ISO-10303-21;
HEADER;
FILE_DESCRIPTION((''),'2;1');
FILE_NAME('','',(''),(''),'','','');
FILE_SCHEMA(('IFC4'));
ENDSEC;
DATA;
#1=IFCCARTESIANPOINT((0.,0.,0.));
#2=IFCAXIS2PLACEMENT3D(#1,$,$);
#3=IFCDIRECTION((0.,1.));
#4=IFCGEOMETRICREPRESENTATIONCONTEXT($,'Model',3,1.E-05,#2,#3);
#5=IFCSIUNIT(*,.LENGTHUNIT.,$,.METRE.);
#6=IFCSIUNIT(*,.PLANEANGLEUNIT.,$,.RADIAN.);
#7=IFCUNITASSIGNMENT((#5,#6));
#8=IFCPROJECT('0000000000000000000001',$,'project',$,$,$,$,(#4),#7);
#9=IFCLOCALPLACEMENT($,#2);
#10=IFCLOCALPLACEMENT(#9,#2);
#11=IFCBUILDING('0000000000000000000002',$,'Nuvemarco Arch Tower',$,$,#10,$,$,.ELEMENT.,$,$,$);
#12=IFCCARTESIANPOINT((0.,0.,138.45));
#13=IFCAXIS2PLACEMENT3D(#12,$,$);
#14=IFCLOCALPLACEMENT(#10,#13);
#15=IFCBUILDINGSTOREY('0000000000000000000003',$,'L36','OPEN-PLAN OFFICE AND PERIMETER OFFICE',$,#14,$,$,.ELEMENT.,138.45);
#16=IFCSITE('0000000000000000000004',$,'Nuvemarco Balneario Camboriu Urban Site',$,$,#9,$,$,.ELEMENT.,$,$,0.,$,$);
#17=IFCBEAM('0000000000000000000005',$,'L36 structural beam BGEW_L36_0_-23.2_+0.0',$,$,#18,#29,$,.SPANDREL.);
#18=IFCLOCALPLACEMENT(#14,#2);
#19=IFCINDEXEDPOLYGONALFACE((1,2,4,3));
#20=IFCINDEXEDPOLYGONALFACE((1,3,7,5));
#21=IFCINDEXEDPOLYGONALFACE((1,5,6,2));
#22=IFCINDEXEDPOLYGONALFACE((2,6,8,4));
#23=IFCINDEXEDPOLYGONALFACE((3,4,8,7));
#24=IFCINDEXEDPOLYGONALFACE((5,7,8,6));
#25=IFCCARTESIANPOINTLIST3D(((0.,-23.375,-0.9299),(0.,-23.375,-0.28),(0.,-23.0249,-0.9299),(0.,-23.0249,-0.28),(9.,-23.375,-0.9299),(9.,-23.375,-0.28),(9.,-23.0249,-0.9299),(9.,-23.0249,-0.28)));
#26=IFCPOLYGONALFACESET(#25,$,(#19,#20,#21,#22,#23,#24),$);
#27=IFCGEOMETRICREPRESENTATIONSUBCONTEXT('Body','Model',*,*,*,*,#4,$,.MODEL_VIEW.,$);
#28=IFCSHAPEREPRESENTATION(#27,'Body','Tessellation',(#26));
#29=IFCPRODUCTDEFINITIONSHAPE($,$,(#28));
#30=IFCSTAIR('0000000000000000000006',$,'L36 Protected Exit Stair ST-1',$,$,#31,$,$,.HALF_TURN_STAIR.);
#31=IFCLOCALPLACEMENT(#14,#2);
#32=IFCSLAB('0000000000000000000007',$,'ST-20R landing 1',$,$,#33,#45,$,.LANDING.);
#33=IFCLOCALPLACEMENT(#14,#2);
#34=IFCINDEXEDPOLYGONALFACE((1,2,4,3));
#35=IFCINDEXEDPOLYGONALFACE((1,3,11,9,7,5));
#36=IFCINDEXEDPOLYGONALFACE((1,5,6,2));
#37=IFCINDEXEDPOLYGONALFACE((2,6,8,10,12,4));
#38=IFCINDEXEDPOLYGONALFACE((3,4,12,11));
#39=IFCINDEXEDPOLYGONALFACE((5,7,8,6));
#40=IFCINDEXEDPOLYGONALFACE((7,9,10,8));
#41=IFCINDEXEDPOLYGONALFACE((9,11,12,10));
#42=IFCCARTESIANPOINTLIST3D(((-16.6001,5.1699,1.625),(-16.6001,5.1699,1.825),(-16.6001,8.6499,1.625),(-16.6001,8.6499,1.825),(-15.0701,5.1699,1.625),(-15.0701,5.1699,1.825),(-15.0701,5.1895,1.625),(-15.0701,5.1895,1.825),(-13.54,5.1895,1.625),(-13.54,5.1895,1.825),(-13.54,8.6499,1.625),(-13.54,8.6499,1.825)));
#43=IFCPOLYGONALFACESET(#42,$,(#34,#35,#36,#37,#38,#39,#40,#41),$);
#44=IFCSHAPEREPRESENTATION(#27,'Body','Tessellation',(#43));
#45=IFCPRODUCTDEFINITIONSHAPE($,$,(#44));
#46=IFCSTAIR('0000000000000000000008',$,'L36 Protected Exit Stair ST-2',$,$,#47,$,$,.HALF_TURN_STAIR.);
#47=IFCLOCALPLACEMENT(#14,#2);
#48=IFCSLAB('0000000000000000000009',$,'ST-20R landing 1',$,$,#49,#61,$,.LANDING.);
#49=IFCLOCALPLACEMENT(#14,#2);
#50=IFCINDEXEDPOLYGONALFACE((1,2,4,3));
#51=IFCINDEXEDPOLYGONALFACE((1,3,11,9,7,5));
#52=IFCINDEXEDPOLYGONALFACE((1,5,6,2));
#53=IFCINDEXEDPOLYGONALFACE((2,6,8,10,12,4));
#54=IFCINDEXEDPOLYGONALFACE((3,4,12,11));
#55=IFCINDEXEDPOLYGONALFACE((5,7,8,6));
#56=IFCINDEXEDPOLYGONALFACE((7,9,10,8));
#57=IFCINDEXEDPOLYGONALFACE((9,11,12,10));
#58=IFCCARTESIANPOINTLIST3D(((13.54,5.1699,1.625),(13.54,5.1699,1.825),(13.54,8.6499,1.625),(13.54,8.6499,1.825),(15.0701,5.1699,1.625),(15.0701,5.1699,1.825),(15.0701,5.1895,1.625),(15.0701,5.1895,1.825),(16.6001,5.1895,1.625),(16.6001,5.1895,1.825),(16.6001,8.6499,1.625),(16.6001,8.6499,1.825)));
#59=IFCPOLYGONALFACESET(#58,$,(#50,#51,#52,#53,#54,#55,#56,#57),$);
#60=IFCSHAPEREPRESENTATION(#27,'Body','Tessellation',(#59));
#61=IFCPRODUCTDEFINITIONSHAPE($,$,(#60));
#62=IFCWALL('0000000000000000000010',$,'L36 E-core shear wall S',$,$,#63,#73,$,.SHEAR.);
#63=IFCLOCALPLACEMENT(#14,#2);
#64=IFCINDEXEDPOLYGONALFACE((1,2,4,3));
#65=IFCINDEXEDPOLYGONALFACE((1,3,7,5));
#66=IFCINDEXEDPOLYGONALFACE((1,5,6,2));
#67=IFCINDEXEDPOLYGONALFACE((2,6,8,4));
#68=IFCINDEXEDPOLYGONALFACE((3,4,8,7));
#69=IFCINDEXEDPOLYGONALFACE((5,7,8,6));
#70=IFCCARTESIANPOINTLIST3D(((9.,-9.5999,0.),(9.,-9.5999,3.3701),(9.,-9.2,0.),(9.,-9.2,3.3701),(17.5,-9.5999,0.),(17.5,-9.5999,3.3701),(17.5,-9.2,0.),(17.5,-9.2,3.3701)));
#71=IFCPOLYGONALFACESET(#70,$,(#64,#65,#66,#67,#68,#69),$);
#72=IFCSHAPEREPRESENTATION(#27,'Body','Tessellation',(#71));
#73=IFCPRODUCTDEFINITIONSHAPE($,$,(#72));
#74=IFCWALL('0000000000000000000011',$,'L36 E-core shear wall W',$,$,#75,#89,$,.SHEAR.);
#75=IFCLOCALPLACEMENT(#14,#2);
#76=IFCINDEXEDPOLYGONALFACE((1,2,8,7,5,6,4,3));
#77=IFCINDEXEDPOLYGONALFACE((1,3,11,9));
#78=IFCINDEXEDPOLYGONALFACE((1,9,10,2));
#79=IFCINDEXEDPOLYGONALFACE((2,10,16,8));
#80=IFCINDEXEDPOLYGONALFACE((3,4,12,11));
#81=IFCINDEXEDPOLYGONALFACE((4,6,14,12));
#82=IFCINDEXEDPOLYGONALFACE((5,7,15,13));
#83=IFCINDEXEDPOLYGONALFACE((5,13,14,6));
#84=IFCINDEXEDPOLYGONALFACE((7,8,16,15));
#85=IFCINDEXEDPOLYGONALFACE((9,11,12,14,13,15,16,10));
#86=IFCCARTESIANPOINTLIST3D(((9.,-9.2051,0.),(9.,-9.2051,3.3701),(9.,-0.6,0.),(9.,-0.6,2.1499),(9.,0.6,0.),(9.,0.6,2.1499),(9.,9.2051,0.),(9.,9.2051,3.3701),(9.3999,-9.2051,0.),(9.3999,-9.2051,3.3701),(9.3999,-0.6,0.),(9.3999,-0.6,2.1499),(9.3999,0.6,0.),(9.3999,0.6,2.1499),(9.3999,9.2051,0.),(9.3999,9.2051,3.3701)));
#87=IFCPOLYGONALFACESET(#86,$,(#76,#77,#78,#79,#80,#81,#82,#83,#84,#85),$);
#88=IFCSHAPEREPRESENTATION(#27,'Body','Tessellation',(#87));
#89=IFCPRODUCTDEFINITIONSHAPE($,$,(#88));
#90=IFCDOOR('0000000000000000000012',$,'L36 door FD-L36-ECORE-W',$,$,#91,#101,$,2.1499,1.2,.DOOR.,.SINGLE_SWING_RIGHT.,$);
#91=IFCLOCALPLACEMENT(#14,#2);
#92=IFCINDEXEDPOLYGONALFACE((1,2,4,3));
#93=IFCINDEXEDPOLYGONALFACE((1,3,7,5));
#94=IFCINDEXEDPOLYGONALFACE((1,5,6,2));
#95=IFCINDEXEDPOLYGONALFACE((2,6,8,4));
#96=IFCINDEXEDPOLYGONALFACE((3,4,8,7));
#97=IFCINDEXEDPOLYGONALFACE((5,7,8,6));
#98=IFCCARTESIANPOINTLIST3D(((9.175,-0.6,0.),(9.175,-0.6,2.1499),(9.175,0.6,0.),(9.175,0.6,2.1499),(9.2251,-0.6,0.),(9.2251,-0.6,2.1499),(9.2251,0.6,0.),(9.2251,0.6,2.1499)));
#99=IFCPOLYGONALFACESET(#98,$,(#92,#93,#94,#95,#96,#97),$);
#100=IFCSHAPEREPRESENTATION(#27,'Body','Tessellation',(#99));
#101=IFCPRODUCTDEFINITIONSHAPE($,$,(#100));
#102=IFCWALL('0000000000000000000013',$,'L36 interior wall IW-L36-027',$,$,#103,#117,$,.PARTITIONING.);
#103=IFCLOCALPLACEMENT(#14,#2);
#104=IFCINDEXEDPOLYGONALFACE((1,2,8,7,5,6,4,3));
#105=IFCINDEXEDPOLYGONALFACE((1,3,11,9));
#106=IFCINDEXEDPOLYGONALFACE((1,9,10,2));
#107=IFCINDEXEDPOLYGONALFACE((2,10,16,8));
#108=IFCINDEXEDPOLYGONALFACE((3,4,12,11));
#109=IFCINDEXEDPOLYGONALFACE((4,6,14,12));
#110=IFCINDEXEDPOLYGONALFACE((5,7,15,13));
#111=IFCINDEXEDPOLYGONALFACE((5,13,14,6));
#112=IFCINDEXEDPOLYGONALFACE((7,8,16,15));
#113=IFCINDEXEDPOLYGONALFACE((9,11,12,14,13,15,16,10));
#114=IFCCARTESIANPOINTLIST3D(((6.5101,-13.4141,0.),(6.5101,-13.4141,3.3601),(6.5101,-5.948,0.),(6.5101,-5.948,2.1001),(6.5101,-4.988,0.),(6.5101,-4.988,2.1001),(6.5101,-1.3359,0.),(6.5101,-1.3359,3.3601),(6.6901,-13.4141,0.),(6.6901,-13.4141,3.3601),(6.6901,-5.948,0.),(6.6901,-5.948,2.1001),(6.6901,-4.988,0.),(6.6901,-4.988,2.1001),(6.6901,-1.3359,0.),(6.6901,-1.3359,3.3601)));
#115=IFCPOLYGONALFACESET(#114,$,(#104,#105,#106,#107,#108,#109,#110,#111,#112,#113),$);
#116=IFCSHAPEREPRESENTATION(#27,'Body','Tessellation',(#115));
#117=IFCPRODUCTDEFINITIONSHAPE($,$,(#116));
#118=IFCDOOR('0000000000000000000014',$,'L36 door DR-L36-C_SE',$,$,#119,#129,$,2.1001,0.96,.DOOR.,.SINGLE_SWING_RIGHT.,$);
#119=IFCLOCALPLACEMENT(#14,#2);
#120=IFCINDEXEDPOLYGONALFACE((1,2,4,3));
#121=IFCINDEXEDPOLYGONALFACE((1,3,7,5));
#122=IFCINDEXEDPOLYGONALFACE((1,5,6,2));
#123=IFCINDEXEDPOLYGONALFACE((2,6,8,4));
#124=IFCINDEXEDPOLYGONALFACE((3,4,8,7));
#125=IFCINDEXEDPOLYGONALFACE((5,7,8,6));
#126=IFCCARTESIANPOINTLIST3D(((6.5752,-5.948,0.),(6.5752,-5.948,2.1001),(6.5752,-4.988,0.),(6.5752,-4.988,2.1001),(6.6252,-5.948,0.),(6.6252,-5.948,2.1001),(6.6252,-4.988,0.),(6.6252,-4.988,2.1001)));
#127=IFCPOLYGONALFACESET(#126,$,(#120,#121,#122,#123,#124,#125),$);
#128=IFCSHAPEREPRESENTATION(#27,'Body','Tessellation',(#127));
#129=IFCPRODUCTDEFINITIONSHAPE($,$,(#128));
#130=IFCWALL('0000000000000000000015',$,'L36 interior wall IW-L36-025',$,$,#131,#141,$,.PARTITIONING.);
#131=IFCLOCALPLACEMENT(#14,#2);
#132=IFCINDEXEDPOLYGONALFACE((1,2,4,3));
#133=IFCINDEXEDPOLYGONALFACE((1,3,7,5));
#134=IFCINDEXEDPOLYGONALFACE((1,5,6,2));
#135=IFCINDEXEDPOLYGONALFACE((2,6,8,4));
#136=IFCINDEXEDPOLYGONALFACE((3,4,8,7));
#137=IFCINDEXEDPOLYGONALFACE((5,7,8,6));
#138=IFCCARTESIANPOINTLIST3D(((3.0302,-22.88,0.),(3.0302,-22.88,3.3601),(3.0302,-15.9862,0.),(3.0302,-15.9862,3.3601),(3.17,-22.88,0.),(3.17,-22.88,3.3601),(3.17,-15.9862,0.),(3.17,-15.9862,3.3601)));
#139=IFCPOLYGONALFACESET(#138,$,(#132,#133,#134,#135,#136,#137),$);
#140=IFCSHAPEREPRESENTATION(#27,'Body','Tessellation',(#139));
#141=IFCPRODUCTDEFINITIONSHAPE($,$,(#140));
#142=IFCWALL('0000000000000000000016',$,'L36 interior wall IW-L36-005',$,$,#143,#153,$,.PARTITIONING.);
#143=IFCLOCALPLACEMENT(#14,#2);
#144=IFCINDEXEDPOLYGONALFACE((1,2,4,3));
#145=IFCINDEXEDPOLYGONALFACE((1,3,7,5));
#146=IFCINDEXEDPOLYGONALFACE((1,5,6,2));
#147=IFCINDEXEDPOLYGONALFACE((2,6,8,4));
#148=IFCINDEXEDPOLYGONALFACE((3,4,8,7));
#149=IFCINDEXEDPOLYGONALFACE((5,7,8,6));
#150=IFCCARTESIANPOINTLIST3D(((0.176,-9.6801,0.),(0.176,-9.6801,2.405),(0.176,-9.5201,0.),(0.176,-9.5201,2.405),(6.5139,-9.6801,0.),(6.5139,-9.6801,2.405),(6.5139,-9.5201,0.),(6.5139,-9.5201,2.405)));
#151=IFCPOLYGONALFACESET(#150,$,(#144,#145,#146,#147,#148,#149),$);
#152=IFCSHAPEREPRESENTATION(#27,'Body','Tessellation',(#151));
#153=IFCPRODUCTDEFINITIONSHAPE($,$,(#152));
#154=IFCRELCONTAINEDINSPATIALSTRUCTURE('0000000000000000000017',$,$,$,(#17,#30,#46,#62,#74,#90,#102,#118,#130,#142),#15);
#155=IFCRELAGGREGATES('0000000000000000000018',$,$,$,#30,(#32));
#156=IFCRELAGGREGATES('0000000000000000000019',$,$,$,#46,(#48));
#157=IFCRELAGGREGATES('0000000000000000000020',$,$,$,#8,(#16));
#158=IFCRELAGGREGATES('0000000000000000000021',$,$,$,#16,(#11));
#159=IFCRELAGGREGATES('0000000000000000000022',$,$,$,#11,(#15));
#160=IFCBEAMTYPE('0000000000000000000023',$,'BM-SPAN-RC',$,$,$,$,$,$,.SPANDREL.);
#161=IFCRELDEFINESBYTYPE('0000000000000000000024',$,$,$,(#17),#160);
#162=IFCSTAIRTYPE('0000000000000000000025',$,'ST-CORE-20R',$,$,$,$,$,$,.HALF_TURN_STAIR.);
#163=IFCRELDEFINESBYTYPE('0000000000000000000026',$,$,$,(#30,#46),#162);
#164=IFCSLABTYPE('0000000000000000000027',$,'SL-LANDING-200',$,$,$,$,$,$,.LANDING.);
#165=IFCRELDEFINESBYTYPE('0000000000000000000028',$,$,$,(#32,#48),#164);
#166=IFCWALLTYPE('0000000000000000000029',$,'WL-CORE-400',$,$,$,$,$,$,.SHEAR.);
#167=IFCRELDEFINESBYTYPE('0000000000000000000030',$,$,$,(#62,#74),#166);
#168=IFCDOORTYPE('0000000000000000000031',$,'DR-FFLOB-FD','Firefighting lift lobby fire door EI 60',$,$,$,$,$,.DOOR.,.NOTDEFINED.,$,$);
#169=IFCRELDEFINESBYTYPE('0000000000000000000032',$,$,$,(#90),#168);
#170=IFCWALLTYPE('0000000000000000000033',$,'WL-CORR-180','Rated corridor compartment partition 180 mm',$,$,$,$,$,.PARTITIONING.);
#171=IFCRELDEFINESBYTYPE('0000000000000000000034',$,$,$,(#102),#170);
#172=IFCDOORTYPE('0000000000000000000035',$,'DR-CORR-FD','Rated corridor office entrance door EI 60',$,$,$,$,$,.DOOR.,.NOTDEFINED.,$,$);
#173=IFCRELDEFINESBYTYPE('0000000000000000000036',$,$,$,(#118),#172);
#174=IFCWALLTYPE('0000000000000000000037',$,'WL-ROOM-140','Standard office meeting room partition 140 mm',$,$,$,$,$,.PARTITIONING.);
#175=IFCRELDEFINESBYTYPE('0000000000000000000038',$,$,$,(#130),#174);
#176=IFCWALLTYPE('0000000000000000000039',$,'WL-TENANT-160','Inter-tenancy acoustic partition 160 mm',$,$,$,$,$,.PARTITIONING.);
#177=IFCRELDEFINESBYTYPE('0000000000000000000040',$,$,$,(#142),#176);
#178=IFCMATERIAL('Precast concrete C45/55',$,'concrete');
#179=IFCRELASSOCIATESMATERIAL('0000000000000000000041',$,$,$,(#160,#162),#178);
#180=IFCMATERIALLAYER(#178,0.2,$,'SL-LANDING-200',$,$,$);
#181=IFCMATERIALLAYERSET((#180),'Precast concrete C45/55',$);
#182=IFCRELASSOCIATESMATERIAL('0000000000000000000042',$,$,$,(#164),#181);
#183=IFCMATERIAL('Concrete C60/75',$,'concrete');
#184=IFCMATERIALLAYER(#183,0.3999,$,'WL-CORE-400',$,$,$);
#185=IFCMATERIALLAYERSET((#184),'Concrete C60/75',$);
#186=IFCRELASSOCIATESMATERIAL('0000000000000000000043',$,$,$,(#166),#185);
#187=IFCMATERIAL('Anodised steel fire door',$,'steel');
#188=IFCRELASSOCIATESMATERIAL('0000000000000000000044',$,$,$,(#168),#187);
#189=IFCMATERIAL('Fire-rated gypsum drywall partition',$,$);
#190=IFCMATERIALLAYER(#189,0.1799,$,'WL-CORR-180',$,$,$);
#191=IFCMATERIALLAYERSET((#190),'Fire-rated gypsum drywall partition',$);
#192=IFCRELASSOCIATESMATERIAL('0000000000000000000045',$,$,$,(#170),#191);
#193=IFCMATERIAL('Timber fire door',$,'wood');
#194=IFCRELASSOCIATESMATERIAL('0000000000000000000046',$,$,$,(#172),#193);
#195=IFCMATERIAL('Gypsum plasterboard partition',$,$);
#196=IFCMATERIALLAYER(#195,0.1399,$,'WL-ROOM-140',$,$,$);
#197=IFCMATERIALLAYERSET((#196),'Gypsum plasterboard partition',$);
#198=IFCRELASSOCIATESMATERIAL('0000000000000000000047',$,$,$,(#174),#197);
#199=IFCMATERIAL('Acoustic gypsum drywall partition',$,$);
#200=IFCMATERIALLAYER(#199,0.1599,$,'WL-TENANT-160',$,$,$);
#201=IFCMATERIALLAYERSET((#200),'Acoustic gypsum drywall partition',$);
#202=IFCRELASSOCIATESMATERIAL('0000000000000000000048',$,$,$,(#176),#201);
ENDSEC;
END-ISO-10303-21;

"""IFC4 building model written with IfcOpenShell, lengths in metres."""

from ifc_helpers import new_model, si_unit, direction, frame, frame_2d, origin, origin_2d, place, context, subcontext, project, spatial, polyline, rectangle, outline, extrude, source, transform, mapped, material, layer, layer_set, material_profile, profile_set, type_object, type_shapes, element, fill, aggregate, save


model = new_model("IFC4")

# Units and contexts
model_context = context("Model", 3, precision=1e-05, world=origin(), true_north=direction((0.0, 1.0)))
body_context = subcontext(model_context, "Body", "Model", "MODEL_VIEW")
ifc_project = project(units=[si_unit("LENGTHUNIT", "METRE"), si_unit("PLANEANGLEUNIT", "RADIAN")], contexts=[model_context])

# Site, building, storey
site_placement = place(None, origin())
site = spatial("IfcSite", under=ifc_project, at=site_placement, Name="Nuvemarco Balneario Camboriu Urban Site", CompositionType="ELEMENT", RefElevation=0.0)
building_placement = place(site_placement, origin())
building = spatial("IfcBuilding", under=site, at=building_placement, Name="Nuvemarco Arch Tower", CompositionType="ELEMENT")
storey_placement = place(building_placement, frame((0.0, 0.0, 138.45)))
storey = spatial("IfcBuildingStorey", under=building, at=storey_placement, Name="L36", Description="OPEN-PLAN OFFICE AND PERIMETER OFFICE", CompositionType="ELEMENT", Elevation=138.45)

# Beam
ifc_material_1 = material(Name="Concrete C60/75", Category="concrete")
ifc_material_2 = material(Name="Precast concrete C45/55", Category="concrete")
ifc_material_profile_1 = material_profile(ifc_material_2, rectangle(XDim=0.3501, YDim=0.6499, at=origin_2d()), Name="PC-SP-350x650")
ifc_profile_set_1 = profile_set([ifc_material_profile_1], Name="Precast concrete C45/55")
beam_type_1 = type_object("IfcBeamType", Name="BM-SPAN-RC", PredefinedType="SPANDREL", material=ifc_profile_set_1)
beam_1_placement = place(storey_placement, frame((0.0, -23.2, -0.605), z_axis=(1.0, 0.0, 0.0), x_axis=(0.0, 1.0, 0.0)))
element("IfcBeam", 1, at=beam_1_placement, inside=storey, type_object=beam_type_1, Name="L36 structural beam BGEW_L36_0_-23.2_+0.0", PredefinedType="SPANDREL", context=body_context, shape_type="SweptSolid", body=[
    extrude(rectangle(XDim=0.3501, YDim=0.6499, at=origin_2d()), origin(), (0.0, 0.0, 1.0), 9.0),
])

# Stairs, slabs
stair_type = type_object("IfcStairType", Name="ST-CORE-20R", PredefinedType="HALF_TURN_STAIR", material=ifc_material_2)
stair_1_placement = place(storey_placement, origin())
stair_1 = element("IfcStair", 2, at=stair_1_placement, inside=storey, type_object=stair_type, Name="L36 Protected Exit Stair ST-1", PredefinedType="HALF_TURN_STAIR")
ifc_layer_1 = layer(ifc_material_2, 0.2, Name="SL-LANDING-200")
ifc_layer_set_1 = layer_set([ifc_layer_1], Name="Precast concrete C45/55")
slab_type = type_object("IfcSlabType", Name="SL-LANDING-200", PredefinedType="LANDING", material=ifc_layer_set_1)
slab_1_placement = place(storey_placement, frame((0.0, 0.0, 1.625)))
slab_1 = element("IfcSlab", 3, at=slab_1_placement, type_object=slab_type, Name="ST-20R landing 1", PredefinedType="LANDING", context=body_context, shape_type="SweptSolid", body=[
    extrude(outline(polyline([(-13.54, 5.1895), (-13.54, 8.6499), (-16.6001, 8.6499), (-16.6001, 5.1699), (-15.0701, 5.1699), (-15.0701, 5.1895), (-13.54, 5.1895)])), origin(), (0.0, 0.0, 1.0), 0.2),
])
aggregate(stair_1, [slab_1])
stair_2_placement = place(storey_placement, origin())
stair_2 = element("IfcStair", 4, at=stair_2_placement, inside=storey, type_object=stair_type, Name="L36 Protected Exit Stair ST-2", PredefinedType="HALF_TURN_STAIR")
slab_2_placement = place(storey_placement, frame((0.0, 0.0, 1.625)))
slab_2 = element("IfcSlab", 5, at=slab_2_placement, type_object=slab_type, Name="ST-20R landing 1", PredefinedType="LANDING", context=body_context, shape_type="SweptSolid", body=[
    extrude(outline(polyline([(16.6001, 5.1895), (16.6001, 8.6499), (13.54, 8.6499), (13.54, 5.1699), (15.0701, 5.1699), (15.0701, 5.1895), (16.6001, 5.1895)])), origin(), (0.0, 0.0, 1.0), 0.2),
])
aggregate(stair_2, [slab_2])

# Wall
ifc_layer_2 = layer(ifc_material_1, 0.3999, Name="WL-CORE-400")
ifc_layer_set_2 = layer_set([ifc_layer_2], Name="Concrete C60/75")
wall_type_1 = type_object("IfcWallType", Name="WL-CORE-400", PredefinedType="SHEAR", material=ifc_layer_set_2)
wall_1_placement = place(storey_placement, frame((9.0, -9.3999, 0.0), z_axis=(0.0, 0.0, 1.0), x_axis=(1.0, 0.0, 0.0)))
element("IfcWall", 6, at=wall_1_placement, inside=storey, type_object=wall_type_1, Name="L36 E-core shear wall S", PredefinedType="SHEAR", context=body_context, shape_type="SweptSolid", body=[
    extrude(rectangle(XDim=8.5, YDim=0.3999, at=frame_2d((4.25, 0.0))), origin(), (0.0, 0.0, 1.0), 3.3701),
])

# Walls, openings, doors
wall_2_placement = place(storey_placement, frame((9.2, -9.2051, 0.0), z_axis=(0.0, 0.0, 1.0), x_axis=(0.0, 1.0, 0.0)))
wall_2 = element("IfcWall", 7, at=wall_2_placement, inside=storey, type_object=wall_type_1, Name="L36 E-core shear wall W", PredefinedType="SHEAR", context=body_context, shape_type="SweptSolid", body=[
    extrude(rectangle(XDim=18.4102, YDim=0.3999, at=frame_2d((9.2051, 0.0))), origin(), (0.0, 0.0, 1.0), 3.3701),
])
opening_1_placement = place(wall_2_placement, frame((8.605, 0.0, 0.0)))
opening_1 = element("IfcOpeningElement", 8, at=opening_1_placement, cuts=wall_2, PredefinedType="OPENING", context=body_context, shape_type="SweptSolid", body=[
    extrude(rectangle(XDim=1.2, YDim=2.1499, at=frame_2d((0.6001, 1.075))), frame((0.0, 0.21, 0.0), z_axis=(0.0, -1.0, 0.0), x_axis=(1.0, 0.0, 0.0)), (0.0, 0.0, 1.0), 0.4199),
])
ifc_material_3 = material(Name="Anodised steel fire door", Category="steel")
door_type_1 = type_object("IfcDoorType", Name="DR-FFLOB-FD", Description="Firefighting lift lobby fire door EI 60", OperationType="NOTDEFINED", PredefinedType="DOOR", material=ifc_material_3)
shared_shape_1 = source(origin(), body_context, "Body", "SweptSolid", [
    extrude(rectangle(XDim=1.2, YDim=2.1499, at=frame_2d((0.6001, 1.075))), frame((0.0, 0.0249, 0.0), z_axis=(0.0, -1.0, 0.0), x_axis=(1.0, 0.0, 0.0)), (0.0, 0.0, 1.0), 0.05),
])
type_shapes(door_type_1, [shared_shape_1])
door_1_placement = place(opening_1_placement, origin())
door_1 = element("IfcDoor", 9, at=door_1_placement, inside=storey, type_object=door_type_1, Name="L36 door FD-L36-ECORE-W", OperationType="SINGLE_SWING_RIGHT", OverallHeight=2.1499, OverallWidth=1.2, PredefinedType="DOOR", context=body_context, shape_type="MappedRepresentation", body=[
    mapped(shared_shape_1, transform((0.0, 0.0, 0.0), scale=1.0)),
])
fill(opening_1, door_1)
ifc_material_4 = material(Name="Fire-rated gypsum drywall partition")
ifc_layer_3 = layer(ifc_material_4, 0.1799, Name="WL-CORR-180")
ifc_layer_set_3 = layer_set([ifc_layer_3], Name="Fire-rated gypsum drywall partition")
wall_type_2 = type_object("IfcWallType", Name="WL-CORR-180", Description="Rated corridor compartment partition 180 mm", PredefinedType="PARTITIONING", material=ifc_layer_set_3)
wall_3_placement = place(storey_placement, frame((6.6001, -13.4141, 0.0), z_axis=(0.0, 0.0, 1.0), x_axis=(0.0, 1.0, 0.0)))
wall_3 = element("IfcWall", 10, at=wall_3_placement, inside=storey, type_object=wall_type_2, Name="L36 interior wall IW-L36-027", PredefinedType="PARTITIONING", context=body_context, shape_type="SweptSolid", body=[
    extrude(rectangle(XDim=12.0781, YDim=0.1799, at=frame_2d((6.0391, 0.0))), origin(), (0.0, 0.0, 1.0), 3.3601),
])
opening_2_placement = place(wall_3_placement, frame((7.4661, 0.0, 0.0)))
opening_2 = element("IfcOpeningElement", 11, at=opening_2_placement, cuts=wall_3, PredefinedType="OPENING", context=body_context, shape_type="SweptSolid", body=[
    extrude(rectangle(XDim=0.96, YDim=2.1001, at=frame_2d((0.48, 1.05))), frame((0.0, 0.0999, 0.0), z_axis=(0.0, -1.0, 0.0), x_axis=(1.0, 0.0, 0.0)), (0.0, 0.0, 1.0), 0.2),
])
ifc_material_5 = material(Name="Timber fire door", Category="wood")
door_type_2 = type_object("IfcDoorType", Name="DR-CORR-FD", Description="Rated corridor office entrance door EI 60", OperationType="NOTDEFINED", PredefinedType="DOOR", material=ifc_material_5)
shared_shape_2 = source(origin(), body_context, "Body", "SweptSolid", [
    extrude(rectangle(XDim=0.96, YDim=2.1001, at=frame_2d((0.48, 1.05))), frame((0.0, 0.0249, 0.0), z_axis=(0.0, -1.0, 0.0), x_axis=(1.0, 0.0, 0.0)), (0.0, 0.0, 1.0), 0.05),
])
type_shapes(door_type_2, [shared_shape_2])
door_2_placement = place(opening_2_placement, origin())
door_2 = element("IfcDoor", 12, at=door_2_placement, inside=storey, type_object=door_type_2, Name="L36 door DR-L36-C_SE", OperationType="SINGLE_SWING_RIGHT", OverallHeight=2.1001, OverallWidth=0.96, PredefinedType="DOOR", context=body_context, shape_type="MappedRepresentation", body=[
    mapped(shared_shape_2, transform((0.0, 0.0, 0.0), scale=1.0)),
])
fill(opening_2, door_2)

# Walls
ifc_material_6 = material(Name="Gypsum plasterboard partition")
ifc_layer_4 = layer(ifc_material_6, 0.1399, Name="WL-ROOM-140")
ifc_layer_set_4 = layer_set([ifc_layer_4], Name="Gypsum plasterboard partition")
wall_type_3 = type_object("IfcWallType", Name="WL-ROOM-140", Description="Standard office meeting room partition 140 mm", PredefinedType="PARTITIONING", material=ifc_layer_set_4)
wall_4_placement = place(storey_placement, frame((3.1001, -22.8799, 0.0), z_axis=(0.0, 0.0, 1.0), x_axis=(0.0, 1.0, 0.0)))
element("IfcWall", 13, at=wall_4_placement, inside=storey, type_object=wall_type_3, Name="L36 interior wall IW-L36-025", PredefinedType="PARTITIONING", context=body_context, shape_type="SweptSolid", body=[
    extrude(rectangle(XDim=6.8938, YDim=0.1399, at=frame_2d((3.4468, 0.0))), origin(), (0.0, 0.0, 1.0), 3.3601),
])
ifc_material_7 = material(Name="Acoustic gypsum drywall partition")
ifc_layer_5 = layer(ifc_material_7, 0.1599, Name="WL-TENANT-160")
ifc_layer_set_5 = layer_set([ifc_layer_5], Name="Acoustic gypsum drywall partition")
wall_type_4 = type_object("IfcWallType", Name="WL-TENANT-160", Description="Inter-tenancy acoustic partition 160 mm", PredefinedType="PARTITIONING", material=ifc_layer_set_5)
wall_5_placement = place(storey_placement, frame((0.176, -9.6001, 0.0), z_axis=(0.0, 0.0, 1.0), x_axis=(1.0, 0.0, 0.0)))
element("IfcWall", 14, at=wall_5_placement, inside=storey, type_object=wall_type_4, Name="L36 interior wall IW-L36-005", PredefinedType="PARTITIONING", context=body_context, shape_type="SweptSolid", body=[
    extrude(rectangle(XDim=6.3379, YDim=0.1599, at=frame_2d((3.1689, 0.0))), origin(), (0.0, 0.0, 1.0), 2.405),
])

save(model, "model.ifc")
